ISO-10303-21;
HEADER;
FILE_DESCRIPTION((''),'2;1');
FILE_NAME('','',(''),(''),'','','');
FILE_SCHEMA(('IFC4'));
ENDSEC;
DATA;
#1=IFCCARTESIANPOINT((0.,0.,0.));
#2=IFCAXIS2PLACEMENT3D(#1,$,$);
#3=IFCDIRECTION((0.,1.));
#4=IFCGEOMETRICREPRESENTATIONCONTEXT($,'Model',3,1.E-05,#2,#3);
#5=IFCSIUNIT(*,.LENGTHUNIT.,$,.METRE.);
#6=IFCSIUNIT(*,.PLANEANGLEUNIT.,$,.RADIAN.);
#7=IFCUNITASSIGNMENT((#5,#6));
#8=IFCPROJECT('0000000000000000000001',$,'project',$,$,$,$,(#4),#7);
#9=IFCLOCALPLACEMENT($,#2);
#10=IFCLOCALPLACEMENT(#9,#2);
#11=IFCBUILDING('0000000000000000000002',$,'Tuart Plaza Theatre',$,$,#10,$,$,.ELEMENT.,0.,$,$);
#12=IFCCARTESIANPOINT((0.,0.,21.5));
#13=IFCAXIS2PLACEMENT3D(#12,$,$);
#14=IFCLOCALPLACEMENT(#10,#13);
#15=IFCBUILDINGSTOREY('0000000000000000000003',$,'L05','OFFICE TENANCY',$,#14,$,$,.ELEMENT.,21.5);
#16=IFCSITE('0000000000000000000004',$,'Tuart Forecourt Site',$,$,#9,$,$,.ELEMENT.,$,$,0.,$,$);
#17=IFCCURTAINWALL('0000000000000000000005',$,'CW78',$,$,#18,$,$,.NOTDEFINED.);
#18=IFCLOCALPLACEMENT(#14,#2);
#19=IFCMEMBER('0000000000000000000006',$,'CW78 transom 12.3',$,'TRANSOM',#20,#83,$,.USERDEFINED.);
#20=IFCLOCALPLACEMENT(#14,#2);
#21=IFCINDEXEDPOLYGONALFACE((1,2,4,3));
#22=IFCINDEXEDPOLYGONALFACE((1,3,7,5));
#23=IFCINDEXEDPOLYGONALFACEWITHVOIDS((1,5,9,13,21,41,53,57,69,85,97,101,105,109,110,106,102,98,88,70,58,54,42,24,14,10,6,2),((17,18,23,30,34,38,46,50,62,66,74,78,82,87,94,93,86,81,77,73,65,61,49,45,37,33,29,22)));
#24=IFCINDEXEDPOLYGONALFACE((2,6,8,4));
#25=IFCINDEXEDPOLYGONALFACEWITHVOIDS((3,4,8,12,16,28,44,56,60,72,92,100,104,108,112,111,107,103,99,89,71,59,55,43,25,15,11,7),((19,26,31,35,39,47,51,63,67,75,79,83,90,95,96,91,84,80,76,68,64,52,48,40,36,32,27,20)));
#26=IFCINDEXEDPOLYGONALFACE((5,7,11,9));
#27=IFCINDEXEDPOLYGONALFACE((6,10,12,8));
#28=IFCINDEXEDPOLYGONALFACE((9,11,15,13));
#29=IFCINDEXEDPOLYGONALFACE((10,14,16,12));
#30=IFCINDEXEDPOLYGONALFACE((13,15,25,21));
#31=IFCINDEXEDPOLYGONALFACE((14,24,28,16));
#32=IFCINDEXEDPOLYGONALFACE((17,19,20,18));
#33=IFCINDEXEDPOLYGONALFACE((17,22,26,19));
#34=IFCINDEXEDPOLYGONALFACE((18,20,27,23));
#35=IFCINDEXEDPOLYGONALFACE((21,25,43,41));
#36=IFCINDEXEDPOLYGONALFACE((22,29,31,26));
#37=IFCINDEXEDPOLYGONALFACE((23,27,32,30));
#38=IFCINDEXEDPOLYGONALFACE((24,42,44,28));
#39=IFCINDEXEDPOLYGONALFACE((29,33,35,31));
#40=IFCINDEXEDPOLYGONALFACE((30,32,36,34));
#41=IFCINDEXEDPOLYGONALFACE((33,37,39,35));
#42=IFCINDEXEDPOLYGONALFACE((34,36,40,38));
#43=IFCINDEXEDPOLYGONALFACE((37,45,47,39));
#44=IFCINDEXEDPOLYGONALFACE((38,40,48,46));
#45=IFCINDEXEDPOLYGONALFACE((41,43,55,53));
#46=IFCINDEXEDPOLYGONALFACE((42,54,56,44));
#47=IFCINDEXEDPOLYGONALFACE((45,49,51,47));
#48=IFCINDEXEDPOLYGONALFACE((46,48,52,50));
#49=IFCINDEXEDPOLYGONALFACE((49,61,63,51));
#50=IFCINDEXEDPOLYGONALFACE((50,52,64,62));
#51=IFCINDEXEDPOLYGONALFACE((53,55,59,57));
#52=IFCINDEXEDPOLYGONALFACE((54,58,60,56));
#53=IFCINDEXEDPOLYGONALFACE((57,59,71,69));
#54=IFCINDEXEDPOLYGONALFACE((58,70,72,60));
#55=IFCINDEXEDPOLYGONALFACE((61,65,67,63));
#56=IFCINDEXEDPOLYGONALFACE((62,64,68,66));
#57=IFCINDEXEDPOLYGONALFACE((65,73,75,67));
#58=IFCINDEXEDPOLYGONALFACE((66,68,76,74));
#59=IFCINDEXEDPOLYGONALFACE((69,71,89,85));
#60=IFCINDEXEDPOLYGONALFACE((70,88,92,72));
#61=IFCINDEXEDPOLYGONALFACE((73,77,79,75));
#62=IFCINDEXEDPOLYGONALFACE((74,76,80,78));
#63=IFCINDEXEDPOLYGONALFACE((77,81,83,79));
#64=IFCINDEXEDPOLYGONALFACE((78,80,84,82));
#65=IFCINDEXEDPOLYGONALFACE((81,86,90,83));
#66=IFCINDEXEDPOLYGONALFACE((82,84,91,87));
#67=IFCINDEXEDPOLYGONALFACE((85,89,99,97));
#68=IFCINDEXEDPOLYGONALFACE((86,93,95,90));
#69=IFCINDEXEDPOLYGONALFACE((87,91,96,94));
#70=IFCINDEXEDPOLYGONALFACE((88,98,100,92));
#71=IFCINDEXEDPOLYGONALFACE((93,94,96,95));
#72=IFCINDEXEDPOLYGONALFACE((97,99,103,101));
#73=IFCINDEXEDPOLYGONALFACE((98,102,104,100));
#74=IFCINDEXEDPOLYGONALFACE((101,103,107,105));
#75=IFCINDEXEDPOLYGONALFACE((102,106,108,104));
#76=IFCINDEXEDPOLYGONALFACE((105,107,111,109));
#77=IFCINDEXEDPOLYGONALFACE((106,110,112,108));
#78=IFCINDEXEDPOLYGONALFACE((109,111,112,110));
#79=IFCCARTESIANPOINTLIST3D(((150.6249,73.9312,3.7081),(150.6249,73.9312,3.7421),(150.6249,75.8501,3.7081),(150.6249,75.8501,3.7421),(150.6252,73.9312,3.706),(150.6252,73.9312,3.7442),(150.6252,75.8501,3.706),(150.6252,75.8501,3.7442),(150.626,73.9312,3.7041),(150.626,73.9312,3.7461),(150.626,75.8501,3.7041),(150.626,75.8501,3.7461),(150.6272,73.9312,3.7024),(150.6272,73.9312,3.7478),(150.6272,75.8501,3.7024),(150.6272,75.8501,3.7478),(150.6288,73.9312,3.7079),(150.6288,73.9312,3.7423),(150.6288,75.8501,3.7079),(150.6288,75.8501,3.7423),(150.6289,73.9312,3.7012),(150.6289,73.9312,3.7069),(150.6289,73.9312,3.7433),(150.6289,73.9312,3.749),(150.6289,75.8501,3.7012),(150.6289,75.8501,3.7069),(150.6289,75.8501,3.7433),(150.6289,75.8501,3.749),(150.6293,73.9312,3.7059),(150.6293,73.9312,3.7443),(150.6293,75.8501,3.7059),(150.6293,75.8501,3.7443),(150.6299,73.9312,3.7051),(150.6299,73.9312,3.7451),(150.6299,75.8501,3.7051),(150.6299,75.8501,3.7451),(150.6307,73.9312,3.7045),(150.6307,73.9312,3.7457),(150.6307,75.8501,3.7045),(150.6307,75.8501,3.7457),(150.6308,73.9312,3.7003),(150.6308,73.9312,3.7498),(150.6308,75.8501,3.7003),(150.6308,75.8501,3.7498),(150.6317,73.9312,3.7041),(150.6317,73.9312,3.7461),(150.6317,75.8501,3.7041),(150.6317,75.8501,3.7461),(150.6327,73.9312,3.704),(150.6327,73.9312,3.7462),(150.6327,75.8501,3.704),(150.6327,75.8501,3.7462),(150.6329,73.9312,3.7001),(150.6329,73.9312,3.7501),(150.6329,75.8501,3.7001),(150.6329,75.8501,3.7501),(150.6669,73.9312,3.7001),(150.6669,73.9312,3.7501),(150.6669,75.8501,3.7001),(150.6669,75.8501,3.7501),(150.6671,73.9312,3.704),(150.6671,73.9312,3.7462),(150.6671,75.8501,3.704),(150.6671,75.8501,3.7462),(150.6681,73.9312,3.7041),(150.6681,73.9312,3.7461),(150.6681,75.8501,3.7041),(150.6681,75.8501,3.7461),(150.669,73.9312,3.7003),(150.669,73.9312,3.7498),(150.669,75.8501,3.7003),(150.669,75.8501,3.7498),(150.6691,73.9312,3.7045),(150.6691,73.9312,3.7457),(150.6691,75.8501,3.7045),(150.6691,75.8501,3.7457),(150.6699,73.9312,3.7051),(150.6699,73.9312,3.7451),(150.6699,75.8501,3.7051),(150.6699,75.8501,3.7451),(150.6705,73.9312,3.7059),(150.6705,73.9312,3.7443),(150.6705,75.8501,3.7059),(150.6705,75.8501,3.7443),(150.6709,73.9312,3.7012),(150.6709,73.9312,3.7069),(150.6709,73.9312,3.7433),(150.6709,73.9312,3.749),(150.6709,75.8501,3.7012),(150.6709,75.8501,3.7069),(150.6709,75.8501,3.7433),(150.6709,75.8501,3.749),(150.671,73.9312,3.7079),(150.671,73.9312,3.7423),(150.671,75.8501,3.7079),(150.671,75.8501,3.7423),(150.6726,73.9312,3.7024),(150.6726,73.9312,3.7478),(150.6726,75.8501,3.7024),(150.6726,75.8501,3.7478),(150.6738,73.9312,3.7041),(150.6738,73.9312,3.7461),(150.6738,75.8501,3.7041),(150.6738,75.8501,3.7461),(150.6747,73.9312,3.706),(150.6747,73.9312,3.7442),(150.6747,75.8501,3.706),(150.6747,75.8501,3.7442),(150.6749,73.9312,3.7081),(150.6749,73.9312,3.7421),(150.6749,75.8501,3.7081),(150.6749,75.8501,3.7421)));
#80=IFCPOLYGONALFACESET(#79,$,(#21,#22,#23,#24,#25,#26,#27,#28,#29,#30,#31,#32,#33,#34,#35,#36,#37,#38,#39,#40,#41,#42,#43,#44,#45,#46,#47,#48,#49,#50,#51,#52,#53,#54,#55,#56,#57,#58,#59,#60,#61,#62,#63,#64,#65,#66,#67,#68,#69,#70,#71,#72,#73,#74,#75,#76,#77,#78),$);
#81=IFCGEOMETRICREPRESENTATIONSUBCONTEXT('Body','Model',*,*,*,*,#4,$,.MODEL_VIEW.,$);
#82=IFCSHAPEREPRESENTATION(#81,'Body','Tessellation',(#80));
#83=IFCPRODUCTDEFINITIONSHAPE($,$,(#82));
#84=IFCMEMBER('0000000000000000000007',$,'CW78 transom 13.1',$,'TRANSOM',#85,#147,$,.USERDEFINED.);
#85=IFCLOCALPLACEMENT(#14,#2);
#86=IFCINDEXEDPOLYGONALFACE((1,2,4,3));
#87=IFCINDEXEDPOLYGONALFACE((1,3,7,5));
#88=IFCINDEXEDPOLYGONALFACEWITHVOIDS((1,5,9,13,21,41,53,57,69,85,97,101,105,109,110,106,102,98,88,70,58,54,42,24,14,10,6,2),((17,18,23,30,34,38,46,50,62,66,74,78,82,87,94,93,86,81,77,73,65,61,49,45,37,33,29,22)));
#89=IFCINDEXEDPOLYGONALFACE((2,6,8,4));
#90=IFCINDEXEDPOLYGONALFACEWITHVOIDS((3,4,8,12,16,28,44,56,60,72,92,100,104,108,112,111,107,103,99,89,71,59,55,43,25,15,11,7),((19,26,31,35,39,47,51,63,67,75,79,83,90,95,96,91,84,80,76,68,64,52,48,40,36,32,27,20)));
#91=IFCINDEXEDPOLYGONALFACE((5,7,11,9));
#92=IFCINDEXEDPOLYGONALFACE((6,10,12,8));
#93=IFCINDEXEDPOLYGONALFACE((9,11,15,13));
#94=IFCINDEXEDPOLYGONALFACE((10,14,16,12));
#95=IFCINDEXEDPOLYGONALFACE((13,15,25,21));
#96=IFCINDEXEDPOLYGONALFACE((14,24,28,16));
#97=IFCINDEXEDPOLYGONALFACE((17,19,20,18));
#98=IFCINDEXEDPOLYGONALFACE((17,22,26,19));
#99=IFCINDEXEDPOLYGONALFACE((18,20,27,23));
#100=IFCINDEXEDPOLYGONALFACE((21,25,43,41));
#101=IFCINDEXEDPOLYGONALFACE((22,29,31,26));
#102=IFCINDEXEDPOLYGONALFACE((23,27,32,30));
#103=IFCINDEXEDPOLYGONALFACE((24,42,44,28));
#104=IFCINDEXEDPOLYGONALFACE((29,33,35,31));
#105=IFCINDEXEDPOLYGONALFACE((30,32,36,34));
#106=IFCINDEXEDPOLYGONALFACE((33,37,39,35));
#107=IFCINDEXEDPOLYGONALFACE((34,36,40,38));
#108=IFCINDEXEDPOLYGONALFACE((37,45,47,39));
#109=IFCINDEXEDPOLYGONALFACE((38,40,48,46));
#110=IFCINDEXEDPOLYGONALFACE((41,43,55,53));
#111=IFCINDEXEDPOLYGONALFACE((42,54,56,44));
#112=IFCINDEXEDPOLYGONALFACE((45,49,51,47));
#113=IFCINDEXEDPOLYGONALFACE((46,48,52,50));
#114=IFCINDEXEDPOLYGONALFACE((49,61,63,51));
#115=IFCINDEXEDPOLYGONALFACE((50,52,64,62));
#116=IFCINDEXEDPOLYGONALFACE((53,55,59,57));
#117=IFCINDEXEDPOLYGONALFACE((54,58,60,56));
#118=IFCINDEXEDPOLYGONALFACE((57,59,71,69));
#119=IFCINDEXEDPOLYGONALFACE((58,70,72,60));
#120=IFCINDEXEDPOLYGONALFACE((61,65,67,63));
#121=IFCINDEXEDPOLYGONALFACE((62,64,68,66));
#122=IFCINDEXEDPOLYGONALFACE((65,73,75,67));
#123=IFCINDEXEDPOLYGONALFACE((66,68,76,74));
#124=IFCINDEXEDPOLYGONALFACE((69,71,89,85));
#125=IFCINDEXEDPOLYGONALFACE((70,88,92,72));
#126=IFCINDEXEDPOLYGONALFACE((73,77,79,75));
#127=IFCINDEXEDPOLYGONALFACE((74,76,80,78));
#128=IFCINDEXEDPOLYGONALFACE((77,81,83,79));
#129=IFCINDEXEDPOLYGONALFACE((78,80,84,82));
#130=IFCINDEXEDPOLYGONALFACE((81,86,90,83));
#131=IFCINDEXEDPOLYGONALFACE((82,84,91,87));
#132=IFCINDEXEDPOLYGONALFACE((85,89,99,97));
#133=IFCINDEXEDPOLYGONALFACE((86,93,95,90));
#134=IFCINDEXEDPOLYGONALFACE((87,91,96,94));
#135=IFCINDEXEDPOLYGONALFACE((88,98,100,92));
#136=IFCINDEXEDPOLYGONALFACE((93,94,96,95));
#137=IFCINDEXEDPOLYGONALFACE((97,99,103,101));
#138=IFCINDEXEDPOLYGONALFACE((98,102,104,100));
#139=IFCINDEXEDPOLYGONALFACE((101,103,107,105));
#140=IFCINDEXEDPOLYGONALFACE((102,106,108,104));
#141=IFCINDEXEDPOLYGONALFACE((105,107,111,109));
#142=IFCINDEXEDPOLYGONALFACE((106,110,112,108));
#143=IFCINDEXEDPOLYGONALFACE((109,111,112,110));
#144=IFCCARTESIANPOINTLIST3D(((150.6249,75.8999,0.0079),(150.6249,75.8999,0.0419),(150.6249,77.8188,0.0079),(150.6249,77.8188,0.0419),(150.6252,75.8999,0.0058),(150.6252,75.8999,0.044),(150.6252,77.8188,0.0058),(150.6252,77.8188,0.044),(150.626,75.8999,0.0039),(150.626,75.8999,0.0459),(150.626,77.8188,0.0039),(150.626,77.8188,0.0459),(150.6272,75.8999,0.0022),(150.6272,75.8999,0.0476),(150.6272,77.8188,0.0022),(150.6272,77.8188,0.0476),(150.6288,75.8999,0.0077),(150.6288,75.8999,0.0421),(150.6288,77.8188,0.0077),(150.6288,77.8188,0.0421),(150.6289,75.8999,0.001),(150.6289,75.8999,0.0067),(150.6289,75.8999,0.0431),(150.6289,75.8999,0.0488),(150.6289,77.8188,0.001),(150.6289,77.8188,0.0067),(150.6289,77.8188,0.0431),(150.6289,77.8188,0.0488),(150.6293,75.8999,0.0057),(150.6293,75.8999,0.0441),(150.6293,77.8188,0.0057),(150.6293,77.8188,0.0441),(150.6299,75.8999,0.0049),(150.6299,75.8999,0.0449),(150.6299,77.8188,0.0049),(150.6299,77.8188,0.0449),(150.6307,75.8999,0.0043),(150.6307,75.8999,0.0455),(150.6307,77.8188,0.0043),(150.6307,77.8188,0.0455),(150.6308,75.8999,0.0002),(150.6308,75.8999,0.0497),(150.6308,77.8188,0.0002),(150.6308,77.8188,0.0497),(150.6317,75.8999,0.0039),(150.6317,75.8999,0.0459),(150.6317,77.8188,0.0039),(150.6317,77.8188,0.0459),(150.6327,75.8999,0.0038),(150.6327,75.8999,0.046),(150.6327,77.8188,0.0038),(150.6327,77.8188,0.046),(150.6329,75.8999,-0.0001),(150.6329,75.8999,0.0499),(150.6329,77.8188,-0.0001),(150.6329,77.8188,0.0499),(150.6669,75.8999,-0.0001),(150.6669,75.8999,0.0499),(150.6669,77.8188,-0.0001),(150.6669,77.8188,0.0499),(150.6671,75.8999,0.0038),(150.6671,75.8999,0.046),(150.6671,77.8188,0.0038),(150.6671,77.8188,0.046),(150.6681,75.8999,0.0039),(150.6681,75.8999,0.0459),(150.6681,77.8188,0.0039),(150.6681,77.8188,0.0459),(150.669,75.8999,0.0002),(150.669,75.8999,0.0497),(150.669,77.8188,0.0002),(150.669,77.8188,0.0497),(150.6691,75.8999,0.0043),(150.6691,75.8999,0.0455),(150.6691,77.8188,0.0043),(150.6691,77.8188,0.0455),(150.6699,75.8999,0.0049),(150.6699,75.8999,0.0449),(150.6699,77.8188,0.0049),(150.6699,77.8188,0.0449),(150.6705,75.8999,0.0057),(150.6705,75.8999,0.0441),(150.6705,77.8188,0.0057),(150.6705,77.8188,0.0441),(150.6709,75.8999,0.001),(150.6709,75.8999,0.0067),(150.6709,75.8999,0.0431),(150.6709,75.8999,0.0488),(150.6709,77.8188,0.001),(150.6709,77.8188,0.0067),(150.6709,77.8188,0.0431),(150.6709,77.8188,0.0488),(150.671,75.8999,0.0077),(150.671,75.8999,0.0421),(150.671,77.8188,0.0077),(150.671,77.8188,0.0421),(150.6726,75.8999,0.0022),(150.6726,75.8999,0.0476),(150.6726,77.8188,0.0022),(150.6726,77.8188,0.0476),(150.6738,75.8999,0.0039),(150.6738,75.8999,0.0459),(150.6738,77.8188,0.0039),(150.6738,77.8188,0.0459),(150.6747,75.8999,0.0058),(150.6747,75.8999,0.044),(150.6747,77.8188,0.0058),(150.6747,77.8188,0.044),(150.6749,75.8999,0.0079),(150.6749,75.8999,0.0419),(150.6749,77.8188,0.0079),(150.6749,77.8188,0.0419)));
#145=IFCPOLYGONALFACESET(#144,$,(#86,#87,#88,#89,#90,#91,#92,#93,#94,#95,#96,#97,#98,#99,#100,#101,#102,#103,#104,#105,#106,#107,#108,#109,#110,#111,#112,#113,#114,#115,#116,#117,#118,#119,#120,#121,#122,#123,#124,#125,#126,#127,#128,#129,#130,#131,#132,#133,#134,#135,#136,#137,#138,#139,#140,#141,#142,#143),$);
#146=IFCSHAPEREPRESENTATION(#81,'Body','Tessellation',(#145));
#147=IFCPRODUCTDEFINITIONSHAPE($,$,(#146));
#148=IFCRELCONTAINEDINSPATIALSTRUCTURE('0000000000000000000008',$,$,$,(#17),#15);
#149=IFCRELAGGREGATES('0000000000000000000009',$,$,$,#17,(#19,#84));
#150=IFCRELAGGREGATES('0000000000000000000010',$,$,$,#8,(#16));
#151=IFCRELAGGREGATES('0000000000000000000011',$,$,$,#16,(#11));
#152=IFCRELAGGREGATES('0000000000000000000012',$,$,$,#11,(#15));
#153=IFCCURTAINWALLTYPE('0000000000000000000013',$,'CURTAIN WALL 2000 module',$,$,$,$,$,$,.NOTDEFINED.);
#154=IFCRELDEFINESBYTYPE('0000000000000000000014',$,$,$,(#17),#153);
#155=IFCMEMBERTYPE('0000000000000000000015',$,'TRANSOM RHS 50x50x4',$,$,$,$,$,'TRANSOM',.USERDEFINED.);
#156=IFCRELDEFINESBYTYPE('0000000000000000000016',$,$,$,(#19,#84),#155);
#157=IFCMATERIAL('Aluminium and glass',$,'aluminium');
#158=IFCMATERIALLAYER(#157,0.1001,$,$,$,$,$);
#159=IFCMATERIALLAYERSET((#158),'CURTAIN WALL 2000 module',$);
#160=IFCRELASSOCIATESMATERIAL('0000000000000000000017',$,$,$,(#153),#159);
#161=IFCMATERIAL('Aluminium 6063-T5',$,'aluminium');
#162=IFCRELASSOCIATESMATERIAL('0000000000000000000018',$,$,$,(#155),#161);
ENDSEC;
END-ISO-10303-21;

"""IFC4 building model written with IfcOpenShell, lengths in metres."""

from ifc_helpers import new_model, si_unit, direction, frame, origin, origin_2d, place, context, subcontext, project, spatial, hollow_rectangle, extrude, material, layer, layer_set, material_profile, profile_set, type_object, element, aggregate, save


model = new_model("IFC4")

# Units and contexts
model_context = context("Model", 3, precision=1e-05, world=origin(), true_north=direction((0.0, 1.0)))
body_context = subcontext(model_context, "Body", "Model", "MODEL_VIEW")
ifc_project = project(units=[si_unit("LENGTHUNIT", "METRE"), si_unit("PLANEANGLEUNIT", "RADIAN")], contexts=[model_context])

# Site, building, storey
site_placement = place(None, origin())
site = spatial("IfcSite", under=ifc_project, at=site_placement, Name="Tuart Forecourt Site", CompositionType="ELEMENT", RefElevation=0.0)
building_placement = place(site_placement, origin())
building = spatial("IfcBuilding", under=site, at=building_placement, Name="Tuart Plaza Theatre", CompositionType="ELEMENT", ElevationOfRefHeight=0.0)
storey_placement = place(building_placement, frame((0.0, 0.0, 21.5)))
storey = spatial("IfcBuildingStorey", under=building, at=storey_placement, Name="L05", Description="OFFICE TENANCY", CompositionType="ELEMENT", Elevation=21.5)

# Curtain wall, members
ifc_material_1 = material(Name="Aluminium and glass", Category="aluminium")
ifc_layer_1 = layer(ifc_material_1, 0.1001)
ifc_layer_set_1 = layer_set([ifc_layer_1], Name="CURTAIN WALL 2000 module")
curtain_wall_type = type_object("IfcCurtainWallType", Name="CURTAIN WALL 2000 module", PredefinedType="NOTDEFINED", material=ifc_layer_set_1)
curtain_wall_placement = place(storey_placement, origin())
curtain_wall = element("IfcCurtainWall", 1, at=curtain_wall_placement, inside=storey, type_object=curtain_wall_type, Name="CW78", PredefinedType="NOTDEFINED")
ifc_material_2 = material(Name="Aluminium 6063-T5", Category="aluminium")
ifc_material_profile_1 = material_profile(ifc_material_2, hollow_rectangle(XDim=0.05, YDim=0.05, WallThickness=0.0039, InnerFilletRadius=0.0039, OuterFilletRadius=0.0081, at=origin_2d()), Name="RHS 50x50x4")
ifc_profile_set_1 = profile_set([ifc_material_profile_1], Name="Aluminium 6063-T5")
member_type_1 = type_object("IfcMemberType", Name="TRANSOM RHS 50x50x4", ElementType="TRANSOM", PredefinedType="USERDEFINED", material=ifc_profile_set_1)
member_1_placement = place(storey_placement, frame((150.6499, 73.9312, 3.7251), z_axis=(0.0, 1.0, 0.0), x_axis=(-1.0, 0.0, 0.0)))
member_1 = element("IfcMember", 2, at=member_1_placement, type_object=member_type_1, Name="CW78 transom 12.3", ObjectType="TRANSOM", PredefinedType="USERDEFINED", context=body_context, shape_type="SweptSolid", body=[
    extrude(hollow_rectangle(XDim=0.05, YDim=0.05, WallThickness=0.0039, InnerFilletRadius=0.0039, OuterFilletRadius=0.0081, at=origin_2d()), origin(), (0.0, 0.0, 1.0), 1.9189),
])
member_2_placement = place(storey_placement, frame((150.6499, 75.8999, 0.0249), z_axis=(0.0, 1.0, 0.0), x_axis=(-1.0, 0.0, 0.0)))
member_2 = element("IfcMember", 3, at=member_2_placement, type_object=member_type_1, Name="CW78 transom 13.1", ObjectType="TRANSOM", PredefinedType="USERDEFINED", context=body_context, shape_type="SweptSolid", body=[
    extrude(hollow_rectangle(XDim=0.05, YDim=0.05, WallThickness=0.0039, InnerFilletRadius=0.0039, OuterFilletRadius=0.0081, at=origin_2d()), origin(), (0.0, 0.0, 1.0), 1.9189),
])
aggregate(curtain_wall, [member_1, member_2])

save(model, "model.ifc")
